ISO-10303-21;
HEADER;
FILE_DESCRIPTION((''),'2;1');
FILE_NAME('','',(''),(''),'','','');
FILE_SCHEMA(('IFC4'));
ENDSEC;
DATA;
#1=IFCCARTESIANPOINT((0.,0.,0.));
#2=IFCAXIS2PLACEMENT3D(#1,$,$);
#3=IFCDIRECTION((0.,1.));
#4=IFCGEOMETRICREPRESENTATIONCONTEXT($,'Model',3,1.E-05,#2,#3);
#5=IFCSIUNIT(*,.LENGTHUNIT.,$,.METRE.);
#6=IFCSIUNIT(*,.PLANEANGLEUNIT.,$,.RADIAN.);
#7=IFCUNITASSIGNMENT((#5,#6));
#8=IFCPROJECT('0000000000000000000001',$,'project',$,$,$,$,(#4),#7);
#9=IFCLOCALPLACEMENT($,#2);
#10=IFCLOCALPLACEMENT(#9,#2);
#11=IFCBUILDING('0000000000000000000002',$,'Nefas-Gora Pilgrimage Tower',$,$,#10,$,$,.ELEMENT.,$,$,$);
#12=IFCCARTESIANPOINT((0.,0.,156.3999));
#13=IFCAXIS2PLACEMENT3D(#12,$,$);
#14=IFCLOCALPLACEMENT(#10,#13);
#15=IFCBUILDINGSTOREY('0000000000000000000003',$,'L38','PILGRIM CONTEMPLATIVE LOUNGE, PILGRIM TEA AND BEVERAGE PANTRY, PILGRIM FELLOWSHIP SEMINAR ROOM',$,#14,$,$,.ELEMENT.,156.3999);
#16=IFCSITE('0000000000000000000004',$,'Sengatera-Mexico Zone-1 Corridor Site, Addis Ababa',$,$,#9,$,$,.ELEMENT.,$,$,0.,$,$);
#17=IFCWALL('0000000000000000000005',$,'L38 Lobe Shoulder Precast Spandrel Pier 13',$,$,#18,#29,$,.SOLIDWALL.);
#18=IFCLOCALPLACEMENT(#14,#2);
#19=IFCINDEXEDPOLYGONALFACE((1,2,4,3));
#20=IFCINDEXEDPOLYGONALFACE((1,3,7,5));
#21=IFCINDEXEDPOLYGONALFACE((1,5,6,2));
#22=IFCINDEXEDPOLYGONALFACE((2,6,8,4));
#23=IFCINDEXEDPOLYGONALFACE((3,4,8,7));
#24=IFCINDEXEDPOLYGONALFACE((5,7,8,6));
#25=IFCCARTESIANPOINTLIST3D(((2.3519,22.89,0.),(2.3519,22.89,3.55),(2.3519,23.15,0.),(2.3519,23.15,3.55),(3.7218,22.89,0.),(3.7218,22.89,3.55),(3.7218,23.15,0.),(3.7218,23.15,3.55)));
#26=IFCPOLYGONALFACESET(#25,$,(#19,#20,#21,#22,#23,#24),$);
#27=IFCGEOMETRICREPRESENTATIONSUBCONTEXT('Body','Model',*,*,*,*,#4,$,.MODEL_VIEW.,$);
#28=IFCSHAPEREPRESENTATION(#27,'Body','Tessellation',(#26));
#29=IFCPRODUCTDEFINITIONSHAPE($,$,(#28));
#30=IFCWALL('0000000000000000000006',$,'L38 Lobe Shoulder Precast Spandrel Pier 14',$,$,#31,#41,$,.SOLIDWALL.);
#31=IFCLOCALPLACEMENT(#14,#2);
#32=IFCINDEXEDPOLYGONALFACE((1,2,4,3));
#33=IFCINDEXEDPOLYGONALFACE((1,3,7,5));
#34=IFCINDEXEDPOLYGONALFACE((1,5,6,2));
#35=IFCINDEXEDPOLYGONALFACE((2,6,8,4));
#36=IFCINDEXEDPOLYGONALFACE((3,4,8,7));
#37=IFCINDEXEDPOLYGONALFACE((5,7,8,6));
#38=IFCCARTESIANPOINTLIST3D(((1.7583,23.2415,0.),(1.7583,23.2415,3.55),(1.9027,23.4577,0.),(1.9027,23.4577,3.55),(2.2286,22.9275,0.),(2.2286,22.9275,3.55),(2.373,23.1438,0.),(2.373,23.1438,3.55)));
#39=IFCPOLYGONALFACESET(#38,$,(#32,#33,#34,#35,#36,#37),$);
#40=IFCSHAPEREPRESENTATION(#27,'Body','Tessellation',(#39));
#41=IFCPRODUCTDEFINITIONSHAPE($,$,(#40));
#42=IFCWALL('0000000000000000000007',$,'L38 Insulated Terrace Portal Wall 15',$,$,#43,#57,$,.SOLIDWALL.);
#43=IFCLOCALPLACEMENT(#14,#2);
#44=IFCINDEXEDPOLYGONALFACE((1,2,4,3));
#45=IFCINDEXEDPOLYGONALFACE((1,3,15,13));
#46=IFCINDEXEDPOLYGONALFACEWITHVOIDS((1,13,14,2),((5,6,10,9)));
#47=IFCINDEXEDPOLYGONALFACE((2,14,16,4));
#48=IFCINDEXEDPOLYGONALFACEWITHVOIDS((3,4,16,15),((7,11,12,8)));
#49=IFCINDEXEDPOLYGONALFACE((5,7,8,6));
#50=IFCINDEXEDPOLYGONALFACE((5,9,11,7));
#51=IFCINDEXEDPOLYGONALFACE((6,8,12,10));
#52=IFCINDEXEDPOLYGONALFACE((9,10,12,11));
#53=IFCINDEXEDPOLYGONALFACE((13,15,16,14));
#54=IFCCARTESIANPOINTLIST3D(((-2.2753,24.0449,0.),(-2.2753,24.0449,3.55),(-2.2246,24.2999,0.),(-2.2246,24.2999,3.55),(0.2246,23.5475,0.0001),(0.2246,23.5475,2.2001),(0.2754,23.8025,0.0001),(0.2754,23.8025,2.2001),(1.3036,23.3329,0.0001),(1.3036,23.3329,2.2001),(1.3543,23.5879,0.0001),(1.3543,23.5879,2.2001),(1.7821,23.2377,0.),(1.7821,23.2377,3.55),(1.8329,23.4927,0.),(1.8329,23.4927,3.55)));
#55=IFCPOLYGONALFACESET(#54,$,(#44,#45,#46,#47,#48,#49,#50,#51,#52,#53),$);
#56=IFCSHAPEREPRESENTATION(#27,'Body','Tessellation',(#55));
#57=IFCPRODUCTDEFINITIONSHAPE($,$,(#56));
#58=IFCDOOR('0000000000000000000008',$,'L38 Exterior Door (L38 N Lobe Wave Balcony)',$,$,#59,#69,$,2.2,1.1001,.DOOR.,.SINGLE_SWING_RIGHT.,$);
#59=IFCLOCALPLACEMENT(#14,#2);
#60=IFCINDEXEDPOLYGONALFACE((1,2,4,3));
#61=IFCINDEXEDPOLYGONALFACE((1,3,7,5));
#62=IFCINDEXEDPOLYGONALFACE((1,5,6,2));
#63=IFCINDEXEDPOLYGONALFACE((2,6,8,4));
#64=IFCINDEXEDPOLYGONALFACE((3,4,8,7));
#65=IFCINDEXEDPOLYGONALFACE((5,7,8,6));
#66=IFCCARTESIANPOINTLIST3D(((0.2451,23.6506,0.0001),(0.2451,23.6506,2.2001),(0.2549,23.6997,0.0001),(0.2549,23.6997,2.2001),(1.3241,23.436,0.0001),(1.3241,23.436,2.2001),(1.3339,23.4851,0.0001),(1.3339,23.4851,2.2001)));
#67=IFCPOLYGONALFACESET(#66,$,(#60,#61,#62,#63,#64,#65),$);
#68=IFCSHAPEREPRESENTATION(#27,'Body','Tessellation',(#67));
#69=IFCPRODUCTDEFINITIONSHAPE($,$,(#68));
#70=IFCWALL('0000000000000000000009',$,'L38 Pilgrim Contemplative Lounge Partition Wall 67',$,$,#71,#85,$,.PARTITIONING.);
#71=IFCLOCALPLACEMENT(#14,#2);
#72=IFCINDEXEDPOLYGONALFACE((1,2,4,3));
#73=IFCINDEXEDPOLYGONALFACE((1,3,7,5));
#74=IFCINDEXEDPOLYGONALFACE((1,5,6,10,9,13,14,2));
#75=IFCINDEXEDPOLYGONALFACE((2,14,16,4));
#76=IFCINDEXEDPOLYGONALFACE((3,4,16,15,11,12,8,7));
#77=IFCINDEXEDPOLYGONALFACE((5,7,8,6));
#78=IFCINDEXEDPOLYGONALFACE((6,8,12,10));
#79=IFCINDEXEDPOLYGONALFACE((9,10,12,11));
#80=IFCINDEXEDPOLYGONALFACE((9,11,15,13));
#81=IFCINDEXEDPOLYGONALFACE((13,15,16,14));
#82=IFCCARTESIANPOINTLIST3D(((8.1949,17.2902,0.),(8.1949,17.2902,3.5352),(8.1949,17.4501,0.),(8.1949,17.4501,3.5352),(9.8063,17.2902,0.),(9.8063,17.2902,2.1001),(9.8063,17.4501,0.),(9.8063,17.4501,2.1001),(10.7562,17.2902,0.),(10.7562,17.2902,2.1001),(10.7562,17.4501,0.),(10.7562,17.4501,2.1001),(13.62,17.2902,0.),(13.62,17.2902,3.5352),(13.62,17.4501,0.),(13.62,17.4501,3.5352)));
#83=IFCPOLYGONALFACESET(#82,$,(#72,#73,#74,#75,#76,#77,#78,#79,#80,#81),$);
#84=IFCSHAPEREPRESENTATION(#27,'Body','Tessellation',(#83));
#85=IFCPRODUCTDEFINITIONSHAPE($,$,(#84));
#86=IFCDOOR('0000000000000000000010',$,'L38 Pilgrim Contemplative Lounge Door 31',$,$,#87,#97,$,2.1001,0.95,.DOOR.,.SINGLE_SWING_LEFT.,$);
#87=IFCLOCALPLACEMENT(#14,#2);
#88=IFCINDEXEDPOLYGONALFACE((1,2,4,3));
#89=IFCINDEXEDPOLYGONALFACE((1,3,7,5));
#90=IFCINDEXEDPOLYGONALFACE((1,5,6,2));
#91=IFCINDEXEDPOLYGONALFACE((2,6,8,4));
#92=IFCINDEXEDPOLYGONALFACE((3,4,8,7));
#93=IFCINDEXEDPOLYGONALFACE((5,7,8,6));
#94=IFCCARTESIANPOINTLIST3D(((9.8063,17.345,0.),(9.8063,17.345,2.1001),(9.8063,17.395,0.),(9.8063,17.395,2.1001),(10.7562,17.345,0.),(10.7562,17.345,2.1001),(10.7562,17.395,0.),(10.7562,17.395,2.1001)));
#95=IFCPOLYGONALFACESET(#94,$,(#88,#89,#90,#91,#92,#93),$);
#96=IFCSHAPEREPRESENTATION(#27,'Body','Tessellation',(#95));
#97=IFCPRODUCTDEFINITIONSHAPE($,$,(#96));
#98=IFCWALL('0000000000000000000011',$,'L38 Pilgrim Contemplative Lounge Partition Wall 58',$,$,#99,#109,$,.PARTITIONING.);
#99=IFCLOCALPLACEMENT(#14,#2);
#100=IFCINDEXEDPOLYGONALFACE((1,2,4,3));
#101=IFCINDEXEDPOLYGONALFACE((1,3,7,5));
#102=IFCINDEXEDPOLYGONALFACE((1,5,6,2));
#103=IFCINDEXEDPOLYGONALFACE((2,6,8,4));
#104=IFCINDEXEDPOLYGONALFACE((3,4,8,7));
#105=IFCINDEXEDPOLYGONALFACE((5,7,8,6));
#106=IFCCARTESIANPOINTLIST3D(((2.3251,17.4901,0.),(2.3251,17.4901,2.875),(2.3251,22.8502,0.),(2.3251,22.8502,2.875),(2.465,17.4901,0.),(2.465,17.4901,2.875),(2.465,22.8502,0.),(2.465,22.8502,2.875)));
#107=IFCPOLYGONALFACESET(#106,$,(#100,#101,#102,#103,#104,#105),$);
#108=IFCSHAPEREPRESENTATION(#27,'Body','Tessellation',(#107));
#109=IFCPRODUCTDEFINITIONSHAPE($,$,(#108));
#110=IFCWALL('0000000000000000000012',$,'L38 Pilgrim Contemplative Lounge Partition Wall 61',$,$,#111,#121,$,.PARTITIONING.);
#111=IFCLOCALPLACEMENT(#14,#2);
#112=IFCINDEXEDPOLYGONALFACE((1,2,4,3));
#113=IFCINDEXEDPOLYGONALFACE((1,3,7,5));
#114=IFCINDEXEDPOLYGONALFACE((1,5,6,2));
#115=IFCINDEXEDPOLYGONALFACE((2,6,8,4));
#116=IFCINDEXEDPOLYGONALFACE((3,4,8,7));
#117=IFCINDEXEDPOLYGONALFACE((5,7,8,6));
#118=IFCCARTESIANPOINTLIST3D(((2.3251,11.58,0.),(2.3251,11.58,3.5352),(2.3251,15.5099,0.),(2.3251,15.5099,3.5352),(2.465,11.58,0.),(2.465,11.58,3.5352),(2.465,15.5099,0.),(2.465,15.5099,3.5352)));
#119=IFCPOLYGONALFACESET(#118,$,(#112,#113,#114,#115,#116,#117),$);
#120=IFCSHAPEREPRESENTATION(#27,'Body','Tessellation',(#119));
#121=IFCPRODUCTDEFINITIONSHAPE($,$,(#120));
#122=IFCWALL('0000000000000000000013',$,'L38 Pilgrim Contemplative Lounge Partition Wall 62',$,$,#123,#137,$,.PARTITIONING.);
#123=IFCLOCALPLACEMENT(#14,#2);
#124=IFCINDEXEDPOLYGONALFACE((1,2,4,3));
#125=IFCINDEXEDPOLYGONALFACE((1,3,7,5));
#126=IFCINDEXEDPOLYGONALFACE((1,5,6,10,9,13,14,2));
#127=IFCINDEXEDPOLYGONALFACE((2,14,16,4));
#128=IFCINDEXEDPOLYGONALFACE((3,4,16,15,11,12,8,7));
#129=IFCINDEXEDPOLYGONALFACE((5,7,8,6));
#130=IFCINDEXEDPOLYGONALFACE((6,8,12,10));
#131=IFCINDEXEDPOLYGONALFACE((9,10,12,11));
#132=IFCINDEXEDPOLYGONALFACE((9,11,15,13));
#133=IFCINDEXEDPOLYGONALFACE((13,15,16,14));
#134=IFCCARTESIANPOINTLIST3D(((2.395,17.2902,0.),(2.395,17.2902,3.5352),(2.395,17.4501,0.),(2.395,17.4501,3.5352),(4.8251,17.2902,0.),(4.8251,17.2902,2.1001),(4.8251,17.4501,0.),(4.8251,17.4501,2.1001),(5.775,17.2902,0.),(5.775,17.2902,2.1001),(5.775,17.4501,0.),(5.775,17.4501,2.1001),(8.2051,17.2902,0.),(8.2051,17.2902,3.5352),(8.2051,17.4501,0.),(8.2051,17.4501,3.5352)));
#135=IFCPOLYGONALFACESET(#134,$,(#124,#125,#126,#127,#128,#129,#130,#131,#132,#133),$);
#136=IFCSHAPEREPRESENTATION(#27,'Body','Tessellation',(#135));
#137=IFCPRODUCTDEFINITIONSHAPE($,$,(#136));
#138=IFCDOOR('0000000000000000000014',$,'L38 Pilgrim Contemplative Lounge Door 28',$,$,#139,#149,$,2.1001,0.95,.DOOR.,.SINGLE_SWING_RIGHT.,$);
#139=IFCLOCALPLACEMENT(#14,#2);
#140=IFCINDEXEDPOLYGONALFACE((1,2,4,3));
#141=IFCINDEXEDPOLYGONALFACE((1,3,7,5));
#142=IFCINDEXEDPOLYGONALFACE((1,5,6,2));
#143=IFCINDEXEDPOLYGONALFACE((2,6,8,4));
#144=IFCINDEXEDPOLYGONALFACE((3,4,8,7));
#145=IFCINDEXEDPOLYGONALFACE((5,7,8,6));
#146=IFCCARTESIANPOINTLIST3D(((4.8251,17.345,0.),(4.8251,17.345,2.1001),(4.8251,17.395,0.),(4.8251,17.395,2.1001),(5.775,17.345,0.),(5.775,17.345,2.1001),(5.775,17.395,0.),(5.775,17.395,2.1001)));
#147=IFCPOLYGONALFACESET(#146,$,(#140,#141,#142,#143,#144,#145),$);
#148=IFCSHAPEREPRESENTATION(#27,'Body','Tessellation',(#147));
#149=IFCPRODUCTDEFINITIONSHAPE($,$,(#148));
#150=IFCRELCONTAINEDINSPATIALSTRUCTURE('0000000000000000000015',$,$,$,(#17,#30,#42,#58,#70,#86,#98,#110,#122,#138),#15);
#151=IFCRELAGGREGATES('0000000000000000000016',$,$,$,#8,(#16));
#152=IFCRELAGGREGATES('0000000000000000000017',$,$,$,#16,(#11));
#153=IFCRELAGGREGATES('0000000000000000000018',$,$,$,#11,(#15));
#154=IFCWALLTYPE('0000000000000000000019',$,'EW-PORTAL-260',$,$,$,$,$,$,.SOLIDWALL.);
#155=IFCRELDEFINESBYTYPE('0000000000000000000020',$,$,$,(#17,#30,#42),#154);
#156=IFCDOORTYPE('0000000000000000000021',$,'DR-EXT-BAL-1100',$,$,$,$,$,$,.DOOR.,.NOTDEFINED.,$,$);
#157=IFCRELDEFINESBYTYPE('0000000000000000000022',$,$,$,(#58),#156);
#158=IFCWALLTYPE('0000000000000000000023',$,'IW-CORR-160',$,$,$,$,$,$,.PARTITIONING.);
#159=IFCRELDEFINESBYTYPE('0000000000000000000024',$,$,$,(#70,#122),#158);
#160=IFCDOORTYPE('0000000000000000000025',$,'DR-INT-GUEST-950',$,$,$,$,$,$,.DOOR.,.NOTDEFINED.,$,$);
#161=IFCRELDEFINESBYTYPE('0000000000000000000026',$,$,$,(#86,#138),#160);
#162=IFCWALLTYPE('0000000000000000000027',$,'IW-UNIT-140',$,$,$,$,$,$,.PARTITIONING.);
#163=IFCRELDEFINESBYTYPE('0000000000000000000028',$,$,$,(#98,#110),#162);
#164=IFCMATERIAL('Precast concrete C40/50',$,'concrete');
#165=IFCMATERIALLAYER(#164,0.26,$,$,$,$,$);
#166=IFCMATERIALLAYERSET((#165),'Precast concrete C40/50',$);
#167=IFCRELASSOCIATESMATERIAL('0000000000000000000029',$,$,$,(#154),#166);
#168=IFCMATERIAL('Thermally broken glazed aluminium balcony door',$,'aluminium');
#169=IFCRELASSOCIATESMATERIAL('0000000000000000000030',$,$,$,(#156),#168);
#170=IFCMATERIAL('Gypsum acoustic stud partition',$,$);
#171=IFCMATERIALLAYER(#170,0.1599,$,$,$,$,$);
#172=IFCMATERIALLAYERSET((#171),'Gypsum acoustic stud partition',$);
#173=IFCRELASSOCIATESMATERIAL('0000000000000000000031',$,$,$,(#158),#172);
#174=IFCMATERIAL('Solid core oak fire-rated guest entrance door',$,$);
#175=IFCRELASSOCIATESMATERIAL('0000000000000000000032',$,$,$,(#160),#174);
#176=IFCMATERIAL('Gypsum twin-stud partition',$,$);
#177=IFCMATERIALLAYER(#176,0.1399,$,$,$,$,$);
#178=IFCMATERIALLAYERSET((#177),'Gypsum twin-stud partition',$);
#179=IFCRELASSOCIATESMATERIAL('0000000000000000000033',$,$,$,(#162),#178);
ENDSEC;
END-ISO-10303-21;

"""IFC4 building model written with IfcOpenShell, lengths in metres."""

from ifc_helpers import new_model, si_unit, direction, frame, frame_2d, origin, place, context, subcontext, project, spatial, rectangle, extrude, source, transform, mapped, material, layer, layer_set, type_object, element, fill, save


model = new_model("IFC4")

# Units and contexts
model_context = context("Model", 3, precision=1e-05, world=origin(), true_north=direction((0.0, 1.0)))
body_context = subcontext(model_context, "Body", "Model", "MODEL_VIEW")
ifc_project = project(units=[si_unit("LENGTHUNIT", "METRE"), si_unit("PLANEANGLEUNIT", "RADIAN")], contexts=[model_context])

# Site, building, storey
site_placement = place(None, origin())
site = spatial("IfcSite", under=ifc_project, at=site_placement, Name="Sengatera-Mexico Zone-1 Corridor Site, Addis Ababa", CompositionType="ELEMENT", RefElevation=0.0)
building_placement = place(site_placement, origin())
building = spatial("IfcBuilding", under=site, at=building_placement, Name="Nefas-Gora Pilgrimage Tower", CompositionType="ELEMENT")
storey_placement = place(building_placement, frame((0.0, 0.0, 156.3999)))
storey = spatial("IfcBuildingStorey", under=building, at=storey_placement, Name="L38", Description="PILGRIM CONTEMPLATIVE LOUNGE, PILGRIM TEA AND BEVERAGE PANTRY, PILGRIM FELLOWSHIP SEMINAR ROOM", CompositionType="ELEMENT", Elevation=156.3999)

# Walls
ifc_material_1 = material(Name="Precast concrete C40/50", Category="concrete")
ifc_layer_1 = layer(ifc_material_1, 0.26)
ifc_layer_set_1 = layer_set([ifc_layer_1], Name="Precast concrete C40/50")
wall_type_1 = type_object("IfcWallType", Name="EW-PORTAL-260", PredefinedType="SOLIDWALL", material=ifc_layer_set_1)
shared_shape_1 = source(origin(), body_context, "Body", "SweptSolid", [
    extrude(rectangle(XDim=1.3699, YDim=0.26, at=frame_2d((0.6851, 0.0))), origin(), (0.0, 0.0, 1.0), 3.55),
])
wall_1_placement = place(storey_placement, frame((3.7219, 23.02, 0.0), z_axis=(0.0, 0.0, 1.0), x_axis=(-1.0, 0.0, 0.0)))
element("IfcWall", 1, at=wall_1_placement, inside=storey, type_object=wall_type_1, Name="L38 Lobe Shoulder Precast Spandrel Pier 13", PredefinedType="SOLIDWALL", context=body_context, shape_type="MappedRepresentation", body=[
    mapped(shared_shape_1, transform((0.0, 0.0, 0.0), x_axis=(1.0, 0.0, 0.0), y_axis=(0.0, 1.0, 0.0), z_axis=(0.0, 0.0, 1.0), scale=1.0)),
])
shared_shape_2 = source(origin(), body_context, "Body", "SweptSolid", [
    extrude(rectangle(XDim=0.5654, YDim=0.26, at=frame_2d((0.2827, 0.0))), origin(), (0.0, 0.0, 1.0), 3.55),
])
wall_2_placement = place(storey_placement, frame((2.3008, 23.0356, 0.0), z_axis=(0.0, 0.0, 1.0), x_axis=(-0.831651, 0.555298, 0.0)))
element("IfcWall", 2, at=wall_2_placement, inside=storey, type_object=wall_type_1, Name="L38 Lobe Shoulder Precast Spandrel Pier 14", PredefinedType="SOLIDWALL", context=body_context, shape_type="MappedRepresentation", body=[
    mapped(shared_shape_2, transform((0.0, 0.0, 0.0), x_axis=(1.0, 0.0, 0.0), y_axis=(0.0, 1.0, 0.0), z_axis=(0.0, 0.0, 1.0), scale=1.0)),
])

# Walls, openings, doors
shared_shape_3 = source(origin(), body_context, "Body", "SweptSolid", [
    extrude(rectangle(XDim=4.137, YDim=0.26, at=frame_2d((2.0684, 0.0))), origin(), (0.0, 0.0, 1.0), 3.55),
])
wall_3_placement = place(storey_placement, frame((1.8074, 23.3652, 0.0), z_axis=(0.0, 0.0, 1.0), x_axis=(-0.980782, 0.195106, 0.0)))
wall_3 = element("IfcWall", 3, at=wall_3_placement, inside=storey, type_object=wall_type_1, Name="L38 Insulated Terrace Portal Wall 15", PredefinedType="SOLIDWALL", context=body_context, shape_type="MappedRepresentation", body=[
    mapped(shared_shape_3, transform((0.0, 0.0, 0.0), x_axis=(1.0, 0.0, 0.0), y_axis=(0.0, 1.0, 0.0), z_axis=(0.0, 0.0, 1.0), scale=1.0)),
])
opening_1_placement = place(wall_3_placement, frame((0.4878, 0.0, 0.0)))
opening_1 = element("IfcOpeningElement", 4, at=opening_1_placement, cuts=wall_3, PredefinedType="OPENING", context=body_context, shape_type="SweptSolid", body=[
    extrude(rectangle(XDim=1.1001, YDim=2.2, at=frame_2d((0.55, 1.1001))), frame((0.0, 0.1399, 0.0), z_axis=(0.0, -1.0, 0.0), x_axis=(1.0, 0.0, 0.0)), (0.0, 0.0, 1.0), 0.28),
])
ifc_material_2 = material(Name="Thermally broken glazed aluminium balcony door", Category="aluminium")
door_type_1 = type_object("IfcDoorType", Name="DR-EXT-BAL-1100", OperationType="NOTDEFINED", PredefinedType="DOOR", material=ifc_material_2)
shared_shape_4 = source(origin(), body_context, "Body", "SweptSolid", [
    extrude(rectangle(XDim=1.1001, YDim=2.2, at=frame_2d((0.55, 1.1001))), frame((0.0, 0.0249, 0.0), z_axis=(0.0, -1.0, 0.0), x_axis=(1.0, 0.0, 0.0)), (0.0, 0.0, 1.0), 0.05),
])
door_1_placement = place(opening_1_placement, origin())
door_1 = element("IfcDoor", 5, at=door_1_placement, inside=storey, type_object=door_type_1, Name="L38 Exterior Door (L38 N Lobe Wave Balcony)", OperationType="SINGLE_SWING_RIGHT", OverallHeight=2.2, OverallWidth=1.1001, PredefinedType="DOOR", context=body_context, shape_type="MappedRepresentation", body=[
    mapped(shared_shape_4, transform((0.0, 0.0, 0.0), x_axis=(1.0, 0.0, 0.0), y_axis=(0.0, 1.0, 0.0), z_axis=(0.0, 0.0, 1.0), scale=1.0)),
])
fill(opening_1, door_1)
ifc_material_3 = material(Name="Gypsum acoustic stud partition")
ifc_layer_2 = layer(ifc_material_3, 0.1599)
ifc_layer_set_2 = layer_set([ifc_layer_2], Name="Gypsum acoustic stud partition")
wall_type_2 = type_object("IfcWallType", Name="IW-CORR-160", PredefinedType="PARTITIONING", material=ifc_layer_set_2)
shared_shape_5 = source(origin(), body_context, "Body", "SweptSolid", [
    extrude(rectangle(XDim=5.425, YDim=0.1599, at=frame_2d((2.7124, 0.0))), origin(), (0.0, 0.0, 1.0), 3.5352),
])
wall_4_placement = place(storey_placement, frame((8.1951, 17.3701, 0.0), z_axis=(0.0, 0.0, 1.0), x_axis=(1.0, 0.0, 0.0)))
wall_4 = element("IfcWall", 6, at=wall_4_placement, inside=storey, type_object=wall_type_2, Name="L38 Pilgrim Contemplative Lounge Partition Wall 67", PredefinedType="PARTITIONING", context=body_context, shape_type="MappedRepresentation", body=[
    mapped(shared_shape_5, transform((0.0, 0.0, 0.0), x_axis=(1.0, 0.0, 0.0), y_axis=(0.0, 1.0, 0.0), z_axis=(0.0, 0.0, 1.0), scale=1.0)),
])
opening_2_placement = place(wall_4_placement, frame((1.6111, 0.0, 0.0)))
opening_2 = element("IfcOpeningElement", 7, at=opening_2_placement, cuts=wall_4, PredefinedType="OPENING", context=body_context, shape_type="SweptSolid", body=[
    extrude(rectangle(XDim=0.95, YDim=2.1001, at=frame_2d((0.4751, 1.05))), frame((0.0, 0.0898, 0.0), z_axis=(0.0, -1.0, 0.0), x_axis=(1.0, 0.0, 0.0)), (0.0, 0.0, 1.0), 0.1799),
])
ifc_material_4 = material(Name="Solid core oak fire-rated guest entrance door")
door_type_2 = type_object("IfcDoorType", Name="DR-INT-GUEST-950", OperationType="NOTDEFINED", PredefinedType="DOOR", material=ifc_material_4)
shared_shape_6 = source(origin(), body_context, "Body", "SweptSolid", [
    extrude(rectangle(XDim=0.95, YDim=2.1001, at=frame_2d((0.4751, 1.05))), frame((0.0, 0.0249, 0.0), z_axis=(0.0, -1.0, 0.0), x_axis=(1.0, 0.0, 0.0)), (0.0, 0.0, 1.0), 0.05),
])
door_2_placement = place(opening_2_placement, origin())
door_2 = element("IfcDoor", 8, at=door_2_placement, inside=storey, type_object=door_type_2, Name="L38 Pilgrim Contemplative Lounge Door 31", OperationType="SINGLE_SWING_LEFT", OverallHeight=2.1001, OverallWidth=0.95, PredefinedType="DOOR", context=body_context, shape_type="MappedRepresentation", body=[
    mapped(shared_shape_6, transform((0.0, 0.0, 0.0), x_axis=(1.0, 0.0, 0.0), y_axis=(0.0, 1.0, 0.0), z_axis=(0.0, 0.0, 1.0), scale=1.0)),
])
fill(opening_2, door_2)

# Walls
ifc_material_5 = material(Name="Gypsum twin-stud partition")
ifc_layer_3 = layer(ifc_material_5, 0.1399)
ifc_layer_set_3 = layer_set([ifc_layer_3], Name="Gypsum twin-stud partition")
wall_type_3 = type_object("IfcWallType", Name="IW-UNIT-140", PredefinedType="PARTITIONING", material=ifc_layer_set_3)
shared_shape_7 = source(origin(), body_context, "Body", "SweptSolid", [
    extrude(rectangle(XDim=5.3601, YDim=0.1399, at=frame_2d((2.6802, 0.0))), origin(), (0.0, 0.0, 1.0), 2.875),
])
wall_5_placement = place(storey_placement, frame((2.395, 17.49, 0.0), z_axis=(0.0, 0.0, 1.0), x_axis=(0.0, 1.0, 0.0)))
element("IfcWall", 9, at=wall_5_placement, inside=storey, type_object=wall_type_3, Name="L38 Pilgrim Contemplative Lounge Partition Wall 58", PredefinedType="PARTITIONING", context=body_context, shape_type="MappedRepresentation", body=[
    mapped(shared_shape_7, transform((0.0, 0.0, 0.0), x_axis=(1.0, 0.0, 0.0), y_axis=(0.0, 1.0, 0.0), z_axis=(0.0, 0.0, 1.0), scale=1.0)),
])
shared_shape_8 = source(origin(), body_context, "Body", "SweptSolid", [
    extrude(rectangle(XDim=3.9299, YDim=0.1399, at=frame_2d((1.9648, 0.0))), origin(), (0.0, 0.0, 1.0), 3.5352),
])
wall_6_placement = place(storey_placement, frame((2.395, 11.5801, 0.0), z_axis=(0.0, 0.0, 1.0), x_axis=(0.0, 1.0, 0.0)))
element("IfcWall", 10, at=wall_6_placement, inside=storey, type_object=wall_type_3, Name="L38 Pilgrim Contemplative Lounge Partition Wall 61", PredefinedType="PARTITIONING", context=body_context, shape_type="MappedRepresentation", body=[
    mapped(shared_shape_8, transform((0.0, 0.0, 0.0), x_axis=(1.0, 0.0, 0.0), y_axis=(0.0, 1.0, 0.0), z_axis=(0.0, 0.0, 1.0), scale=1.0)),
])

# Wall, opening, door
shared_shape_9 = source(origin(), body_context, "Body", "SweptSolid", [
    extrude(rectangle(XDim=5.8101, YDim=0.1599, at=frame_2d((2.905, 0.0))), origin(), (0.0, 0.0, 1.0), 3.5352),
])
wall_7_placement = place(storey_placement, frame((2.395, 17.3701, 0.0), z_axis=(0.0, 0.0, 1.0), x_axis=(1.0, 0.0, 0.0)))
wall_7 = element("IfcWall", 11, at=wall_7_placement, inside=storey, type_object=wall_type_2, Name="L38 Pilgrim Contemplative Lounge Partition Wall 62", PredefinedType="PARTITIONING", context=body_context, shape_type="MappedRepresentation", body=[
    mapped(shared_shape_9, transform((0.0, 0.0, 0.0), x_axis=(1.0, 0.0, 0.0), y_axis=(0.0, 1.0, 0.0), z_axis=(0.0, 0.0, 1.0), scale=1.0)),
])
opening_3_placement = place(wall_7_placement, frame((2.4299, 0.0, 0.0)))
opening_3 = element("IfcOpeningElement", 12, at=opening_3_placement, cuts=wall_7, PredefinedType="OPENING", context=body_context, shape_type="SweptSolid", body=[
    extrude(rectangle(XDim=0.95, YDim=2.1001, at=frame_2d((0.4751, 1.05))), frame((0.0, 0.0898, 0.0), z_axis=(0.0, -1.0, 0.0), x_axis=(1.0, 0.0, 0.0)), (0.0, 0.0, 1.0), 0.1799),
])
door_3_placement = place(opening_3_placement, origin())
door_3 = element("IfcDoor", 13, at=door_3_placement, inside=storey, type_object=door_type_2, Name="L38 Pilgrim Contemplative Lounge Door 28", OperationType="SINGLE_SWING_RIGHT", OverallHeight=2.1001, OverallWidth=0.95, PredefinedType="DOOR", context=body_context, shape_type="MappedRepresentation", body=[
    mapped(shared_shape_6, transform((0.0, 0.0, 0.0), x_axis=(1.0, 0.0, 0.0), y_axis=(0.0, 1.0, 0.0), z_axis=(0.0, 0.0, 1.0), scale=1.0)),
])
fill(opening_3, door_3)

save(model, "model.ifc")
